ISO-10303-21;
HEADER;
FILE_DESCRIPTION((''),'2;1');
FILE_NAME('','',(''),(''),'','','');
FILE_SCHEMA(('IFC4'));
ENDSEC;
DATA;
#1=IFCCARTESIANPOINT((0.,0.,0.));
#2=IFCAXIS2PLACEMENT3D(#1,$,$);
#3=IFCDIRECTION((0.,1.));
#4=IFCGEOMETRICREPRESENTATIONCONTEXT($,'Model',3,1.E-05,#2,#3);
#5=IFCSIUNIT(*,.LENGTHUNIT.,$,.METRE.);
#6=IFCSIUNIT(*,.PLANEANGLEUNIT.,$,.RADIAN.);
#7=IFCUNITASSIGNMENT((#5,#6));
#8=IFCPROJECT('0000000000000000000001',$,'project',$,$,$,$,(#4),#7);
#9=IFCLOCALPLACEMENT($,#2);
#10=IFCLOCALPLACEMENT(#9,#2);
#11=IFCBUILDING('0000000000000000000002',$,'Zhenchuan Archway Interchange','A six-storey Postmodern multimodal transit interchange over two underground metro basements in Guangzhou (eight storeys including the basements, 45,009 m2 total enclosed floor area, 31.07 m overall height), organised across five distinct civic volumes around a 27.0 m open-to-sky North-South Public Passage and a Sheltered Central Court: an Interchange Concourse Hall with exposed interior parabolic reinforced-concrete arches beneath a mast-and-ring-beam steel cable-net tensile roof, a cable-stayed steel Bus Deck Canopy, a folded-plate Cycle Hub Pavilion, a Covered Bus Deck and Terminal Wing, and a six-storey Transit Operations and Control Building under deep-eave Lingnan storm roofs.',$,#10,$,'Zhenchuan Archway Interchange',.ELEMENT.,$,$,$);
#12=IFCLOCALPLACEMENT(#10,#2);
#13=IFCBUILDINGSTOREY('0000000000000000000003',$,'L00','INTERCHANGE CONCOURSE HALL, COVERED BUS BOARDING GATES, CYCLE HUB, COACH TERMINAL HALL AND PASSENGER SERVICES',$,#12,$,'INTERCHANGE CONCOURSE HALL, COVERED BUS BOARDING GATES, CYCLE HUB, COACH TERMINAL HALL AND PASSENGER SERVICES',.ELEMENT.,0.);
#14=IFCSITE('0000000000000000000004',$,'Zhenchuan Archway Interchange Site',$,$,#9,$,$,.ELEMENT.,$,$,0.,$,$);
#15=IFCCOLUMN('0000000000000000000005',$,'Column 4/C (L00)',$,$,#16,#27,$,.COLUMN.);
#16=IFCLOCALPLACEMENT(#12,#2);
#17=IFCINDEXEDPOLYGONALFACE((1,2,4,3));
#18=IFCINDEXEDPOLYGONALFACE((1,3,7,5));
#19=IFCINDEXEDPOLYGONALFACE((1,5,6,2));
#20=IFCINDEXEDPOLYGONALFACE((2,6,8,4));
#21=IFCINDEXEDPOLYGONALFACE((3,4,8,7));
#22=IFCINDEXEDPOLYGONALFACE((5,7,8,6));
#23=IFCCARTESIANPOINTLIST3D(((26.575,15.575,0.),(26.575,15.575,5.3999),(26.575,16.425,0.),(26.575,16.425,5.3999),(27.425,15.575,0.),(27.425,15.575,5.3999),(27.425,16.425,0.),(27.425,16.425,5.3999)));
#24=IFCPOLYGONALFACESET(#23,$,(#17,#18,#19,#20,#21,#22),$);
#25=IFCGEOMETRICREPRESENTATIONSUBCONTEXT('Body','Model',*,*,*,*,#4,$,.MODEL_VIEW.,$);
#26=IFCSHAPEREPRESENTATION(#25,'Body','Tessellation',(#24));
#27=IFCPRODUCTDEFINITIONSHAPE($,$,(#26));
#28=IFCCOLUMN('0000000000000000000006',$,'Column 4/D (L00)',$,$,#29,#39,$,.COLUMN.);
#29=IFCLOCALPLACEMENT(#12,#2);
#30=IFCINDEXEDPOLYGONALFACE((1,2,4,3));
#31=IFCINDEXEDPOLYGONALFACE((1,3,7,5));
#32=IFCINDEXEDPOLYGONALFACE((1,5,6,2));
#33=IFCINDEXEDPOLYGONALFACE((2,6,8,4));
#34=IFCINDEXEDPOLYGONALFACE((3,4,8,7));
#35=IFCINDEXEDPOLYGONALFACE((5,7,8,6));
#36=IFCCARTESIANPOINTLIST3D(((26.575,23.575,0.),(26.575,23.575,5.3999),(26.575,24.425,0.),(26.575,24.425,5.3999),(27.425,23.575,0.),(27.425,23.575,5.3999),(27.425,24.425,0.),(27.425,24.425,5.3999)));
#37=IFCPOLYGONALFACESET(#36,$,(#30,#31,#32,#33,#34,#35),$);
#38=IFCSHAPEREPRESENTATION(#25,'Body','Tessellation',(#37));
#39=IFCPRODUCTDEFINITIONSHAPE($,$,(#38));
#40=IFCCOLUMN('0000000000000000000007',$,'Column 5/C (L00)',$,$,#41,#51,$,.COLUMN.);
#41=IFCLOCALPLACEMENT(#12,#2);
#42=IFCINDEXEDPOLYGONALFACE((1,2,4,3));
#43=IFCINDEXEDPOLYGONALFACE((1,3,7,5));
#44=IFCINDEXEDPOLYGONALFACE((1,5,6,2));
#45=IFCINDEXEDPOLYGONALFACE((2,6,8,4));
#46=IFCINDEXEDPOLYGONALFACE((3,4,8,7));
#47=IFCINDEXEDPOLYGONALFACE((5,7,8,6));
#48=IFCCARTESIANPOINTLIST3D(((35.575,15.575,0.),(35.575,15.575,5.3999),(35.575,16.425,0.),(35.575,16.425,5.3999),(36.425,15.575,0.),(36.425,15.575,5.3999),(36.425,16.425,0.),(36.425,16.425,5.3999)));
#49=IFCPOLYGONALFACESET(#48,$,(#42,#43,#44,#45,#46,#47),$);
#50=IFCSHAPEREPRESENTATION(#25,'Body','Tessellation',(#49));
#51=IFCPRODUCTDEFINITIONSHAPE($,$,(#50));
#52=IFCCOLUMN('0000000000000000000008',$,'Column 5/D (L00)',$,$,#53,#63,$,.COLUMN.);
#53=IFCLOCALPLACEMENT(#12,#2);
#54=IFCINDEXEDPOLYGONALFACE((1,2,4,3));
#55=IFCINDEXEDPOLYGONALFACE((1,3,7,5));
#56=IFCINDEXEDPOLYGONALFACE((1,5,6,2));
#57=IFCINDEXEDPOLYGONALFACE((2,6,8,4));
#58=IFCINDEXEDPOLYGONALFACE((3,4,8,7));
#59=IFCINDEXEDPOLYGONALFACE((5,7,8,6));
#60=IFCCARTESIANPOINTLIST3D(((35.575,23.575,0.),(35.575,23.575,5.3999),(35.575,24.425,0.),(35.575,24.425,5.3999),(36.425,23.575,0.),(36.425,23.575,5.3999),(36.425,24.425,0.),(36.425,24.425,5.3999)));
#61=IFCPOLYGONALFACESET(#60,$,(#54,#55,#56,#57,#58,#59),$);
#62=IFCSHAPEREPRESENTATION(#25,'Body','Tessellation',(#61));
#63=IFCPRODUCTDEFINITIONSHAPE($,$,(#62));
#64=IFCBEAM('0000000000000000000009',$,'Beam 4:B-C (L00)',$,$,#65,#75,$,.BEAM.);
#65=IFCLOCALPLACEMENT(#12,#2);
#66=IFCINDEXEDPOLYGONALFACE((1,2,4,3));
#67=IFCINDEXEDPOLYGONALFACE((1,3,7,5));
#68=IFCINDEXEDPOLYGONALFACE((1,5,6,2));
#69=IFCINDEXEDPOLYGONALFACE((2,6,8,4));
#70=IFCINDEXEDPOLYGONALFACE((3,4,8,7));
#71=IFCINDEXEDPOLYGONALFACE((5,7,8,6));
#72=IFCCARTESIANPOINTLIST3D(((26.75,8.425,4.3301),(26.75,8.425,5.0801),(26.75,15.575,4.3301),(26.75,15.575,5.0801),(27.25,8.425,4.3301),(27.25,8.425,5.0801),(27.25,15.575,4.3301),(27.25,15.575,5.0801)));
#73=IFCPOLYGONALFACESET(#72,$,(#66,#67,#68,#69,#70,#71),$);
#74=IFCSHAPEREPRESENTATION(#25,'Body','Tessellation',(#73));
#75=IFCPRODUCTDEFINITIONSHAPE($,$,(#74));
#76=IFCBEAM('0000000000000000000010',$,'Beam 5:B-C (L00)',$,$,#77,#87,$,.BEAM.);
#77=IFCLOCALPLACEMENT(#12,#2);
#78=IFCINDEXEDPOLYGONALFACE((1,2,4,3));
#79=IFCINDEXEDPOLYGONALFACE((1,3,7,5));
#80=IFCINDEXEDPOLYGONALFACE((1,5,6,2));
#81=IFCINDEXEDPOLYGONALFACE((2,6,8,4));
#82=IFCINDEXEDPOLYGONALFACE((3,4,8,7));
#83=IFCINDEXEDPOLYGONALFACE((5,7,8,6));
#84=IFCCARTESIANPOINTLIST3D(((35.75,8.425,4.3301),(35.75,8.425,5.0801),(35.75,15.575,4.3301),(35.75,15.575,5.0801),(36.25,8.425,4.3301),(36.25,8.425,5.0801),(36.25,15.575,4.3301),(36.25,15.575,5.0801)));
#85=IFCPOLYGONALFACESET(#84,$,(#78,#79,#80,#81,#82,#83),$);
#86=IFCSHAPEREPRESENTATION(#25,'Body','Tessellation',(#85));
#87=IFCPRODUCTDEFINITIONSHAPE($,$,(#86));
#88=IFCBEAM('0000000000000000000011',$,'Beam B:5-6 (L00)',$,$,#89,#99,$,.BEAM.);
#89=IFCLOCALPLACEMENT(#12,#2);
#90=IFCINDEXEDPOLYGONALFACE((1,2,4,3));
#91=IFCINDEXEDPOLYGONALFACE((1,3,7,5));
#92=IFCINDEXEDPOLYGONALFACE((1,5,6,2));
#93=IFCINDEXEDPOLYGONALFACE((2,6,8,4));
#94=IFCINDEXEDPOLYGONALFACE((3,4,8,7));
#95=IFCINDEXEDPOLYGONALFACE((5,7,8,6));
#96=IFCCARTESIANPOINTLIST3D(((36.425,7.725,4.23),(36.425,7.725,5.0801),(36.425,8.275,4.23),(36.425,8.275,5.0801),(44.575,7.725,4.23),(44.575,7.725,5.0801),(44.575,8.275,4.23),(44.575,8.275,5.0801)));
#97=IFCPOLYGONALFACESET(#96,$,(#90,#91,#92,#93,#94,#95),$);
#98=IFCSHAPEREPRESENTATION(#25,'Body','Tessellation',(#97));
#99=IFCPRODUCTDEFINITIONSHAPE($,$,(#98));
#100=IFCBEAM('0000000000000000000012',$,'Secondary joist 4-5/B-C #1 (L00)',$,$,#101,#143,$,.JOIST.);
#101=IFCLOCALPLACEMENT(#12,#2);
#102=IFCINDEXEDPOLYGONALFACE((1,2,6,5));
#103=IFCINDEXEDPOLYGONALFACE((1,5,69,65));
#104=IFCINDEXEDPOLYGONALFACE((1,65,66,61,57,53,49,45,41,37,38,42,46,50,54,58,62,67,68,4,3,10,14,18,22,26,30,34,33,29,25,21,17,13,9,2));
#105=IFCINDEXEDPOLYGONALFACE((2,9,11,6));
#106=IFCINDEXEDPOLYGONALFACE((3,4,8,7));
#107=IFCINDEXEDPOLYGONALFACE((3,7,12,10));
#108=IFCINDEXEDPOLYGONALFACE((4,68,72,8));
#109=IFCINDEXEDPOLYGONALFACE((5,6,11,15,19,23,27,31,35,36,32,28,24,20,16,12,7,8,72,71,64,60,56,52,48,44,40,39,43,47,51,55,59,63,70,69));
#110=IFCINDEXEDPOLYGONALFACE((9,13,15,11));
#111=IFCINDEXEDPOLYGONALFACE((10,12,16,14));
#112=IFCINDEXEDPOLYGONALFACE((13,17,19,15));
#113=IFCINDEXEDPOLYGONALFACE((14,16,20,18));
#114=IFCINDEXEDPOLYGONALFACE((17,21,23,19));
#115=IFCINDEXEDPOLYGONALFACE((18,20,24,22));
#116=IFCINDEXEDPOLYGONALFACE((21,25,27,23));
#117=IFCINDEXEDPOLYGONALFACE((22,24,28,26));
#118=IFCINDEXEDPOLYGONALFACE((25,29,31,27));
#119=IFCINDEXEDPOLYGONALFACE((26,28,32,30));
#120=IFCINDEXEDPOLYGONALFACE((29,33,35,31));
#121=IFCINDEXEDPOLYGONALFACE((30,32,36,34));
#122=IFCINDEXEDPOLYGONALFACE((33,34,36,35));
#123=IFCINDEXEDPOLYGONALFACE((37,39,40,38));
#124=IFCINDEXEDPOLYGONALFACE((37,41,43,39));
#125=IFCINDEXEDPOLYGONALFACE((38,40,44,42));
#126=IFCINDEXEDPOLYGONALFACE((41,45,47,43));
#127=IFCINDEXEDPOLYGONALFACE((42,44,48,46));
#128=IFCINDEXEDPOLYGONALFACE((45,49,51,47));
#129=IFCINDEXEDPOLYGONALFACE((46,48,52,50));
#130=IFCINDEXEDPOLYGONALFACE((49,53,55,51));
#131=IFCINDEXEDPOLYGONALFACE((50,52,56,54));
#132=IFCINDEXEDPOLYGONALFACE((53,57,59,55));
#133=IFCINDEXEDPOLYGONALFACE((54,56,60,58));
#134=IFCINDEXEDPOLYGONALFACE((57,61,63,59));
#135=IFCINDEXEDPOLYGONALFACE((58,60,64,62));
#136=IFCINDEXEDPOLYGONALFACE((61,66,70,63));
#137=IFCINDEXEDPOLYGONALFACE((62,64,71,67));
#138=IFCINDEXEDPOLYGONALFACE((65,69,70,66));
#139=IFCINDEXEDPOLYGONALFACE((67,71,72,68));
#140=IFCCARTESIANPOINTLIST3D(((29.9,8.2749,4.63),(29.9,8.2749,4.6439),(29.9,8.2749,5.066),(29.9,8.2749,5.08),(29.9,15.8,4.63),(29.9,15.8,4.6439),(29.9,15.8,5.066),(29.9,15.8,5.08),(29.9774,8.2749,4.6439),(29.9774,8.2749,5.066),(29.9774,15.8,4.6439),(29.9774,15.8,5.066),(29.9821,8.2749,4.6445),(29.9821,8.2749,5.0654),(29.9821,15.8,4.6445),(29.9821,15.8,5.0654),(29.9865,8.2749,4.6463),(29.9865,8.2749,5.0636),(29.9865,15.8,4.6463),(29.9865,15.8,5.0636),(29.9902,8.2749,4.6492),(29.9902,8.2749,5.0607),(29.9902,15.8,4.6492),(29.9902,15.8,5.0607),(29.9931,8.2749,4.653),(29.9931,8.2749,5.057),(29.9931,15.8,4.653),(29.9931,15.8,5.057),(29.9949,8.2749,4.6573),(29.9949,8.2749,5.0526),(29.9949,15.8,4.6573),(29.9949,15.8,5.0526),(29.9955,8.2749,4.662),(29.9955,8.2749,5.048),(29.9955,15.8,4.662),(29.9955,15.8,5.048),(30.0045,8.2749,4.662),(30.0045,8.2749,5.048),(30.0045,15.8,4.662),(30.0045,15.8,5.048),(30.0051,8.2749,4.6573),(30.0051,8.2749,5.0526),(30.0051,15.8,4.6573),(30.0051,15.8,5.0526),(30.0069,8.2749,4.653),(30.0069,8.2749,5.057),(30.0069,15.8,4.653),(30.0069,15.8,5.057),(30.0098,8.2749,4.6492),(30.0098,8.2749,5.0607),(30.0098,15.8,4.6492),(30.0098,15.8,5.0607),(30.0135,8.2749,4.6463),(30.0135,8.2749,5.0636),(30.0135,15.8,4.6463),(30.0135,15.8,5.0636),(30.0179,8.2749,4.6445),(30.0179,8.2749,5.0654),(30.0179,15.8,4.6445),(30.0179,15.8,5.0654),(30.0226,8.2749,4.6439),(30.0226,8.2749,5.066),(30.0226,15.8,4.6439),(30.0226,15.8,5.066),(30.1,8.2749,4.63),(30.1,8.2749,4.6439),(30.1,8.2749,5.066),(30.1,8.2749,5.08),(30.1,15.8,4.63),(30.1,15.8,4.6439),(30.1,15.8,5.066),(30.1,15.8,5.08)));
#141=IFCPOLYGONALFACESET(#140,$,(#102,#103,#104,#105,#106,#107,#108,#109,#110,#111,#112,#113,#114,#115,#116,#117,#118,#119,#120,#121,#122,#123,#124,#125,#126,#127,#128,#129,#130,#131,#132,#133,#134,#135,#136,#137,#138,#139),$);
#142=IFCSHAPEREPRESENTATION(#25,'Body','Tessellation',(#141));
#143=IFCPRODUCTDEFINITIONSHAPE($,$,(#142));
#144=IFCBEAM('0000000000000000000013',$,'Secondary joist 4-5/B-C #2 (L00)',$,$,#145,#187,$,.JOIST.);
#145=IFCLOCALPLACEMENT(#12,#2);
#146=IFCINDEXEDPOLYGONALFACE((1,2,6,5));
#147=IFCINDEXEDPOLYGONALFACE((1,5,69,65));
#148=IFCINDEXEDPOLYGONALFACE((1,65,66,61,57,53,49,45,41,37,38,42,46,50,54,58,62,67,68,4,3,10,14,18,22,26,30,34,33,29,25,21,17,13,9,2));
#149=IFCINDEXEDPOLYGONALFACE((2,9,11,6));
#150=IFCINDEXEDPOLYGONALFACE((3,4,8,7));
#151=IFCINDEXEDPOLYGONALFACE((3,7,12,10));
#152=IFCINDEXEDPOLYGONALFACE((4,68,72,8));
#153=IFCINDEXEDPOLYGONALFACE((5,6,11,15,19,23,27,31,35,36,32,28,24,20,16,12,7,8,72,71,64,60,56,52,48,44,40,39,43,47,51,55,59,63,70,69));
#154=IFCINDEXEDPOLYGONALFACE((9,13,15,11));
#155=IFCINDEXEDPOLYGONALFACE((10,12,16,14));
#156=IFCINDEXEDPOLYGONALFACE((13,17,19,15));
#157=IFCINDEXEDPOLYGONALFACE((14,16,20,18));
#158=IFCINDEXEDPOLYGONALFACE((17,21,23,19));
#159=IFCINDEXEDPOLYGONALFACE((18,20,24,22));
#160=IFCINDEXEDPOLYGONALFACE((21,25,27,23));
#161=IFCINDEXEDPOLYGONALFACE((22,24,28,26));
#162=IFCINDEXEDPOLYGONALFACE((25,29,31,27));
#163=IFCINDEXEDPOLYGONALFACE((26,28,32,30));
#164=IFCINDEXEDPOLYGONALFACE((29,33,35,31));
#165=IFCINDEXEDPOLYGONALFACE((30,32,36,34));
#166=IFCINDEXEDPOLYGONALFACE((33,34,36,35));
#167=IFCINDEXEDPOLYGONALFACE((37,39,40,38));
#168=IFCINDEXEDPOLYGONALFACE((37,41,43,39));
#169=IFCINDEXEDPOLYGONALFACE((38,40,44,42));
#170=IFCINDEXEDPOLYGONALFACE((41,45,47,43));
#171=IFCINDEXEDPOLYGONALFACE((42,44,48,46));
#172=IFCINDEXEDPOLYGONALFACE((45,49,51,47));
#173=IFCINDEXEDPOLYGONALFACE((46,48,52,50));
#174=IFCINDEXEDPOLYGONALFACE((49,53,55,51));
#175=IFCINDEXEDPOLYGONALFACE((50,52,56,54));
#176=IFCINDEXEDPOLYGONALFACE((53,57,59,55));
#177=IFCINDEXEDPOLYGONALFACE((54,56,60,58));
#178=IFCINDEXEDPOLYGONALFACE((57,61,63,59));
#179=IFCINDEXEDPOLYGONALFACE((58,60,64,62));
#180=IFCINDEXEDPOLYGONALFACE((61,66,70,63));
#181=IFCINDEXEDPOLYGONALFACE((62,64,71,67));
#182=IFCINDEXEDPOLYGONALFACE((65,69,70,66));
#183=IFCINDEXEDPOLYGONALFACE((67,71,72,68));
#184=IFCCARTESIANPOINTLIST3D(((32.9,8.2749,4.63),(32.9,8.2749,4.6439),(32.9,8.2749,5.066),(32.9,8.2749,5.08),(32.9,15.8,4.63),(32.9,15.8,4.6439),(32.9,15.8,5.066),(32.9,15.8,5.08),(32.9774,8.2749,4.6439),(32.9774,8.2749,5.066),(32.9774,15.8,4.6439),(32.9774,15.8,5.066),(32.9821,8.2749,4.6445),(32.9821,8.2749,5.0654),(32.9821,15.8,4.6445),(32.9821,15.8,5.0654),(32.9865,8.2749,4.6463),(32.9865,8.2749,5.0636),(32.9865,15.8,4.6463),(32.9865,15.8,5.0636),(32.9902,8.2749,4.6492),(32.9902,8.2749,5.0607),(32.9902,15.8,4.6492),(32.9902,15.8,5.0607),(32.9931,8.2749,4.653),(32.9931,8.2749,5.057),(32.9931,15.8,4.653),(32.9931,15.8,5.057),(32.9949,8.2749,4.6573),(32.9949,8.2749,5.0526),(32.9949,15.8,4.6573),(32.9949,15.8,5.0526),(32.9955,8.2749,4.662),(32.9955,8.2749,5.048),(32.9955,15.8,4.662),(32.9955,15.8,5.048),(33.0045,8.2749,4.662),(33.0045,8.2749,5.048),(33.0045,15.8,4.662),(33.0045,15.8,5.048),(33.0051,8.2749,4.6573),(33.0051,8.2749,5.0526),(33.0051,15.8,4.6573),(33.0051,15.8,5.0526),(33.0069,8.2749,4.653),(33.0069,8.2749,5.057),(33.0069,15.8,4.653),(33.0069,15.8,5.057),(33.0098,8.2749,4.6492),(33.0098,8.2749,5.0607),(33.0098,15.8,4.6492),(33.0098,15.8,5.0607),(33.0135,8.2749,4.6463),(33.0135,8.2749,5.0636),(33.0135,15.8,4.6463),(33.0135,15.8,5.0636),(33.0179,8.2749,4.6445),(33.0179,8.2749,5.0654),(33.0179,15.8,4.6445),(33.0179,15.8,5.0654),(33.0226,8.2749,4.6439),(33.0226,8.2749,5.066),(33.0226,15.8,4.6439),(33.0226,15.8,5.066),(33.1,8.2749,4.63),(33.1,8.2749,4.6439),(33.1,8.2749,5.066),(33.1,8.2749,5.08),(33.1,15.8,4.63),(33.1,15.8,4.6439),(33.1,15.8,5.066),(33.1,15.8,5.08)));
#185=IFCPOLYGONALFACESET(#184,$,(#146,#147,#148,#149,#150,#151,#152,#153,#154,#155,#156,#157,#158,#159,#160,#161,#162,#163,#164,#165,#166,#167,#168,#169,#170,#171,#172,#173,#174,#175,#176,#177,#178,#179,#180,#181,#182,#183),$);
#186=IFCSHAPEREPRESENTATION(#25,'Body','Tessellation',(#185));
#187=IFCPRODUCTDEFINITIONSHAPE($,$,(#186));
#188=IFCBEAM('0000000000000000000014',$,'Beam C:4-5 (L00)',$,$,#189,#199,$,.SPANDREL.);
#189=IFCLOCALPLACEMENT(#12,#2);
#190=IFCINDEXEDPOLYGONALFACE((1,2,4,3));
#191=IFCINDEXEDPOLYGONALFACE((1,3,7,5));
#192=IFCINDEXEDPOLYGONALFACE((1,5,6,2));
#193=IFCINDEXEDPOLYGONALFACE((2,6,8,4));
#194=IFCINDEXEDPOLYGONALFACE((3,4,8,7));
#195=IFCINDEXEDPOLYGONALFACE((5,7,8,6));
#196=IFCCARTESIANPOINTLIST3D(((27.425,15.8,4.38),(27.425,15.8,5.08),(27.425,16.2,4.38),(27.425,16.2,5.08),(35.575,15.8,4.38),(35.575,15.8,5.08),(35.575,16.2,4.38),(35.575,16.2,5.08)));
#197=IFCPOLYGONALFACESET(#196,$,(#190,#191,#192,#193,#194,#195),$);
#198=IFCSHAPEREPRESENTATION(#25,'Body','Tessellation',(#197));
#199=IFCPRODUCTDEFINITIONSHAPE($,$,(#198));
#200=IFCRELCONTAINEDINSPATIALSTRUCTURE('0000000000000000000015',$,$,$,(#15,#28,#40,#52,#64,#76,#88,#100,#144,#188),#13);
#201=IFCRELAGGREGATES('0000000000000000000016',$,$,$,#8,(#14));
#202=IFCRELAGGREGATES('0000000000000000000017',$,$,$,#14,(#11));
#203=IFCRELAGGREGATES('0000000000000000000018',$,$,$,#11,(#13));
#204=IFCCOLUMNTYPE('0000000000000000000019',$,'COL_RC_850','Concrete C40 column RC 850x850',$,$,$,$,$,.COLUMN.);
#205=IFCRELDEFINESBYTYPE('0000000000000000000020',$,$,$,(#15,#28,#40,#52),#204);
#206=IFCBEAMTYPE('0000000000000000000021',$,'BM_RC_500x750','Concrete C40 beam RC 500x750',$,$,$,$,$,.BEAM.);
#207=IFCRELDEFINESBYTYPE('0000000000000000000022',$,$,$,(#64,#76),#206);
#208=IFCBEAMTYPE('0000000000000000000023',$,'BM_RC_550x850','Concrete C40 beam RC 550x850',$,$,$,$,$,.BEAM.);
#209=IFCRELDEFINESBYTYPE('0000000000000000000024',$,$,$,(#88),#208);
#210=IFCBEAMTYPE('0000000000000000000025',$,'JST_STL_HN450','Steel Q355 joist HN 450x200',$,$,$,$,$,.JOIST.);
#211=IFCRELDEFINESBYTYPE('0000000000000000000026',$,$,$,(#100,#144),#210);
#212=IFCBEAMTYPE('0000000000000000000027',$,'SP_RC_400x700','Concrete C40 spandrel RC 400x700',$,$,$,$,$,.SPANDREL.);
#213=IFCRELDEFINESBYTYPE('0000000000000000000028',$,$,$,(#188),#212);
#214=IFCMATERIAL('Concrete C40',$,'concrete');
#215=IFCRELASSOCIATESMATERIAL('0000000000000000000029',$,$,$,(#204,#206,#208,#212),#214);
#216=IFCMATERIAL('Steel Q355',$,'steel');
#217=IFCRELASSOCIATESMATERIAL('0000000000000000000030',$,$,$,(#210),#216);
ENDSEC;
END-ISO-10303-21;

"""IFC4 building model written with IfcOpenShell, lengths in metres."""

from ifc_helpers import new_model, si_unit, direction, frame, origin, origin_2d, place, context, subcontext, project, spatial, rectangle, i_section, extrude, material, material_profile, profile_set, type_object, element, save


model = new_model("IFC4")

# Units and contexts
model_context = context("Model", 3, precision=1e-05, world=origin(), true_north=direction((0.0, 1.0)))
body_context = subcontext(model_context, "Body", "Model", "MODEL_VIEW")
ifc_project = project(units=[si_unit("LENGTHUNIT", "METRE"), si_unit("PLANEANGLEUNIT", "RADIAN")], contexts=[model_context])

# Site, building, storey
site_placement = place(None, origin())
site = spatial("IfcSite", under=ifc_project, at=site_placement, Name="Zhenchuan Archway Interchange Site", CompositionType="ELEMENT", RefElevation=0.0)
building_placement = place(site_placement, origin())
building = spatial("IfcBuilding", under=site, at=building_placement, Name="Zhenchuan Archway Interchange", Description="A six-storey Postmodern multimodal transit interchange over two underground metro basements in Guangzhou (eight storeys including the basements, 45,009 m2 total enclosed floor area, 31.07 m overall height), organised across five distinct civic volumes around a 27.0 m open-to-sky North-South Public Passage and a Sheltered Central Court: an Interchange Concourse Hall with exposed interior parabolic reinforced-concrete arches beneath a mast-and-ring-beam steel cable-net tensile roof, a cable-stayed steel Bus Deck Canopy, a folded-plate Cycle Hub Pavilion, a Covered Bus Deck and Terminal Wing, and a six-storey Transit Operations and Control Building under deep-eave Lingnan storm roofs.", LongName="Zhenchuan Archway Interchange", CompositionType="ELEMENT")
storey_placement = place(building_placement, origin())
storey = spatial("IfcBuildingStorey", under=building, at=storey_placement, Name="L00", Description="INTERCHANGE CONCOURSE HALL, COVERED BUS BOARDING GATES, CYCLE HUB, COACH TERMINAL HALL AND PASSENGER SERVICES", LongName="INTERCHANGE CONCOURSE HALL, COVERED BUS BOARDING GATES, CYCLE HUB, COACH TERMINAL HALL AND PASSENGER SERVICES", CompositionType="ELEMENT", Elevation=0.0)

# Columns
ifc_material_1 = material(Name="Concrete C40", Category="concrete")
ifc_material_profile_1 = material_profile(ifc_material_1, rectangle(XDim=0.8501, YDim=0.8501, at=origin_2d()), Name="RC 850x850")
ifc_profile_set_1 = profile_set([ifc_material_profile_1], Name="Concrete C40")
column_type = type_object("IfcColumnType", Name="COL_RC_850", Description="Concrete C40 column RC 850x850", PredefinedType="COLUMN", material=ifc_profile_set_1)
for number, where, z_axis, x_axis, name in (
    (1, (27.0, 16.0, 0.0), (0.0, 0.0, 1.0), (1.0, 0.0, 0.0), "Column 4/C (L00)"),
    (2, (27.0, 24.0, 0.0), (0.0, 0.0, 1.0), (1.0, 0.0, 0.0), "Column 4/D (L00)"),
    (3, (36.0, 16.0, 0.0), (0.0, 0.0, 1.0), (1.0, 0.0, 0.0), "Column 5/C (L00)"),
    (4, (36.0, 24.0, 0.0), (0.0, 0.0, 1.0), (1.0, 0.0, 0.0), "Column 5/D (L00)"),
):
    element("IfcColumn", number, at=place(storey_placement, frame(where, z_axis=z_axis, x_axis=x_axis)), inside=storey, type_object=column_type, Name=name, PredefinedType="COLUMN", context=body_context, shape_type="SweptSolid", body=[
        extrude(rectangle(XDim=0.8501, YDim=0.8501, at=origin_2d()), origin(), (0.0, 0.0, 1.0), 5.3999),
    ])

# Beams
ifc_material_profile_2 = material_profile(ifc_material_1, rectangle(XDim=0.5, YDim=0.75, at=origin_2d()), Name="RC 500x750")
ifc_profile_set_2 = profile_set([ifc_material_profile_2], Name="Concrete C40")
beam_type_1 = type_object("IfcBeamType", Name="BM_RC_500x750", Description="Concrete C40 beam RC 500x750", PredefinedType="BEAM", material=ifc_profile_set_2)
for number, where, z_axis, x_axis, name in (
    (5, (27.0, 8.425, 4.7051), (0.0, 1.0, 0.0), (-1.0, 0.0, 0.0), "Beam 4:B-C (L00)"),
    (6, (36.0, 8.425, 4.7051), (0.0, 1.0, 0.0), (-1.0, 0.0, 0.0), "Beam 5:B-C (L00)"),
):
    element("IfcBeam", number, at=place(storey_placement, frame(where, z_axis=z_axis, x_axis=x_axis)), inside=storey, type_object=beam_type_1, Name=name, PredefinedType="BEAM", context=body_context, shape_type="SweptSolid", body=[
        extrude(rectangle(XDim=0.5, YDim=0.75, at=origin_2d()), origin(), (0.0, 0.0, 1.0), 7.1499),
    ])
ifc_material_profile_3 = material_profile(ifc_material_1, rectangle(XDim=0.55, YDim=0.8501, at=origin_2d()), Name="RC 550x850")
ifc_profile_set_3 = profile_set([ifc_material_profile_3], Name="Concrete C40")
beam_type_2 = type_object("IfcBeamType", Name="BM_RC_550x850", Description="Concrete C40 beam RC 550x850", PredefinedType="BEAM", material=ifc_profile_set_3)
beam_1_placement = place(storey_placement, frame((36.425, 8.0, 4.655), z_axis=(1.0, 0.0, 0.0), x_axis=(0.0, 1.0, 0.0)))
element("IfcBeam", 7, at=beam_1_placement, inside=storey, type_object=beam_type_2, Name="Beam B:5-6 (L00)", PredefinedType="BEAM", context=body_context, shape_type="SweptSolid", body=[
    extrude(rectangle(XDim=0.55, YDim=0.8501, at=origin_2d()), origin(), (0.0, 0.0, 1.0), 8.1499),
])
ifc_material_2 = material(Name="Steel Q355", Category="steel")
ifc_material_profile_4 = material_profile(ifc_material_2, i_section(OverallWidth=0.2, OverallDepth=0.45, WebThickness=0.009, FlangeThickness=0.0139, FilletRadius=0.0181, at=origin_2d()), Name="HN 450x200")
ifc_profile_set_4 = profile_set([ifc_material_profile_4], Name="Steel Q355")
beam_type_3 = type_object("IfcBeamType", Name="JST_STL_HN450", Description="Steel Q355 joist HN 450x200", PredefinedType="JOIST", material=ifc_profile_set_4)
for number, where, z_axis, x_axis, name in (
    (8, (30.0, 8.2749, 4.855), (0.0, 1.0, 0.0), (-1.0, 0.0, 0.0), "Secondary joist 4-5/B-C #1 (L00)"),
    (9, (33.0, 8.2749, 4.855), (0.0, 1.0, 0.0), (-1.0, 0.0, 0.0), "Secondary joist 4-5/B-C #2 (L00)"),
):
    element("IfcBeam", number, at=place(storey_placement, frame(where, z_axis=z_axis, x_axis=x_axis)), inside=storey, type_object=beam_type_3, Name=name, PredefinedType="JOIST", context=body_context, shape_type="SweptSolid", body=[
        extrude(i_section(OverallWidth=0.2, OverallDepth=0.45, WebThickness=0.009, FlangeThickness=0.0139, FilletRadius=0.0181, at=origin_2d()), origin(), (0.0, 0.0, 1.0), 7.5251),
    ])
ifc_material_profile_5 = material_profile(ifc_material_1, rectangle(XDim=0.3999, YDim=0.7, at=origin_2d()), Name="RC 400x700")
ifc_profile_set_5 = profile_set([ifc_material_profile_5], Name="Concrete C40")
beam_type_4 = type_object("IfcBeamType", Name="SP_RC_400x700", Description="Concrete C40 spandrel RC 400x700", PredefinedType="SPANDREL", material=ifc_profile_set_5)
for number, where, z_axis, x_axis, name in (
    (10, (27.425, 16.0, 4.73), (1.0, 0.0, 0.0), (0.0, 1.0, 0.0), "Beam C:4-5 (L00)"),
):
    element("IfcBeam", number, at=place(storey_placement, frame(where, z_axis=z_axis, x_axis=x_axis)), inside=storey, type_object=beam_type_4, Name=name, PredefinedType="SPANDREL", context=body_context, shape_type="SweptSolid", body=[
        extrude(rectangle(XDim=0.3999, YDim=0.7, at=origin_2d()), origin(), (0.0, 0.0, 1.0), 8.1499),
    ])

save(model, "model.ifc")
